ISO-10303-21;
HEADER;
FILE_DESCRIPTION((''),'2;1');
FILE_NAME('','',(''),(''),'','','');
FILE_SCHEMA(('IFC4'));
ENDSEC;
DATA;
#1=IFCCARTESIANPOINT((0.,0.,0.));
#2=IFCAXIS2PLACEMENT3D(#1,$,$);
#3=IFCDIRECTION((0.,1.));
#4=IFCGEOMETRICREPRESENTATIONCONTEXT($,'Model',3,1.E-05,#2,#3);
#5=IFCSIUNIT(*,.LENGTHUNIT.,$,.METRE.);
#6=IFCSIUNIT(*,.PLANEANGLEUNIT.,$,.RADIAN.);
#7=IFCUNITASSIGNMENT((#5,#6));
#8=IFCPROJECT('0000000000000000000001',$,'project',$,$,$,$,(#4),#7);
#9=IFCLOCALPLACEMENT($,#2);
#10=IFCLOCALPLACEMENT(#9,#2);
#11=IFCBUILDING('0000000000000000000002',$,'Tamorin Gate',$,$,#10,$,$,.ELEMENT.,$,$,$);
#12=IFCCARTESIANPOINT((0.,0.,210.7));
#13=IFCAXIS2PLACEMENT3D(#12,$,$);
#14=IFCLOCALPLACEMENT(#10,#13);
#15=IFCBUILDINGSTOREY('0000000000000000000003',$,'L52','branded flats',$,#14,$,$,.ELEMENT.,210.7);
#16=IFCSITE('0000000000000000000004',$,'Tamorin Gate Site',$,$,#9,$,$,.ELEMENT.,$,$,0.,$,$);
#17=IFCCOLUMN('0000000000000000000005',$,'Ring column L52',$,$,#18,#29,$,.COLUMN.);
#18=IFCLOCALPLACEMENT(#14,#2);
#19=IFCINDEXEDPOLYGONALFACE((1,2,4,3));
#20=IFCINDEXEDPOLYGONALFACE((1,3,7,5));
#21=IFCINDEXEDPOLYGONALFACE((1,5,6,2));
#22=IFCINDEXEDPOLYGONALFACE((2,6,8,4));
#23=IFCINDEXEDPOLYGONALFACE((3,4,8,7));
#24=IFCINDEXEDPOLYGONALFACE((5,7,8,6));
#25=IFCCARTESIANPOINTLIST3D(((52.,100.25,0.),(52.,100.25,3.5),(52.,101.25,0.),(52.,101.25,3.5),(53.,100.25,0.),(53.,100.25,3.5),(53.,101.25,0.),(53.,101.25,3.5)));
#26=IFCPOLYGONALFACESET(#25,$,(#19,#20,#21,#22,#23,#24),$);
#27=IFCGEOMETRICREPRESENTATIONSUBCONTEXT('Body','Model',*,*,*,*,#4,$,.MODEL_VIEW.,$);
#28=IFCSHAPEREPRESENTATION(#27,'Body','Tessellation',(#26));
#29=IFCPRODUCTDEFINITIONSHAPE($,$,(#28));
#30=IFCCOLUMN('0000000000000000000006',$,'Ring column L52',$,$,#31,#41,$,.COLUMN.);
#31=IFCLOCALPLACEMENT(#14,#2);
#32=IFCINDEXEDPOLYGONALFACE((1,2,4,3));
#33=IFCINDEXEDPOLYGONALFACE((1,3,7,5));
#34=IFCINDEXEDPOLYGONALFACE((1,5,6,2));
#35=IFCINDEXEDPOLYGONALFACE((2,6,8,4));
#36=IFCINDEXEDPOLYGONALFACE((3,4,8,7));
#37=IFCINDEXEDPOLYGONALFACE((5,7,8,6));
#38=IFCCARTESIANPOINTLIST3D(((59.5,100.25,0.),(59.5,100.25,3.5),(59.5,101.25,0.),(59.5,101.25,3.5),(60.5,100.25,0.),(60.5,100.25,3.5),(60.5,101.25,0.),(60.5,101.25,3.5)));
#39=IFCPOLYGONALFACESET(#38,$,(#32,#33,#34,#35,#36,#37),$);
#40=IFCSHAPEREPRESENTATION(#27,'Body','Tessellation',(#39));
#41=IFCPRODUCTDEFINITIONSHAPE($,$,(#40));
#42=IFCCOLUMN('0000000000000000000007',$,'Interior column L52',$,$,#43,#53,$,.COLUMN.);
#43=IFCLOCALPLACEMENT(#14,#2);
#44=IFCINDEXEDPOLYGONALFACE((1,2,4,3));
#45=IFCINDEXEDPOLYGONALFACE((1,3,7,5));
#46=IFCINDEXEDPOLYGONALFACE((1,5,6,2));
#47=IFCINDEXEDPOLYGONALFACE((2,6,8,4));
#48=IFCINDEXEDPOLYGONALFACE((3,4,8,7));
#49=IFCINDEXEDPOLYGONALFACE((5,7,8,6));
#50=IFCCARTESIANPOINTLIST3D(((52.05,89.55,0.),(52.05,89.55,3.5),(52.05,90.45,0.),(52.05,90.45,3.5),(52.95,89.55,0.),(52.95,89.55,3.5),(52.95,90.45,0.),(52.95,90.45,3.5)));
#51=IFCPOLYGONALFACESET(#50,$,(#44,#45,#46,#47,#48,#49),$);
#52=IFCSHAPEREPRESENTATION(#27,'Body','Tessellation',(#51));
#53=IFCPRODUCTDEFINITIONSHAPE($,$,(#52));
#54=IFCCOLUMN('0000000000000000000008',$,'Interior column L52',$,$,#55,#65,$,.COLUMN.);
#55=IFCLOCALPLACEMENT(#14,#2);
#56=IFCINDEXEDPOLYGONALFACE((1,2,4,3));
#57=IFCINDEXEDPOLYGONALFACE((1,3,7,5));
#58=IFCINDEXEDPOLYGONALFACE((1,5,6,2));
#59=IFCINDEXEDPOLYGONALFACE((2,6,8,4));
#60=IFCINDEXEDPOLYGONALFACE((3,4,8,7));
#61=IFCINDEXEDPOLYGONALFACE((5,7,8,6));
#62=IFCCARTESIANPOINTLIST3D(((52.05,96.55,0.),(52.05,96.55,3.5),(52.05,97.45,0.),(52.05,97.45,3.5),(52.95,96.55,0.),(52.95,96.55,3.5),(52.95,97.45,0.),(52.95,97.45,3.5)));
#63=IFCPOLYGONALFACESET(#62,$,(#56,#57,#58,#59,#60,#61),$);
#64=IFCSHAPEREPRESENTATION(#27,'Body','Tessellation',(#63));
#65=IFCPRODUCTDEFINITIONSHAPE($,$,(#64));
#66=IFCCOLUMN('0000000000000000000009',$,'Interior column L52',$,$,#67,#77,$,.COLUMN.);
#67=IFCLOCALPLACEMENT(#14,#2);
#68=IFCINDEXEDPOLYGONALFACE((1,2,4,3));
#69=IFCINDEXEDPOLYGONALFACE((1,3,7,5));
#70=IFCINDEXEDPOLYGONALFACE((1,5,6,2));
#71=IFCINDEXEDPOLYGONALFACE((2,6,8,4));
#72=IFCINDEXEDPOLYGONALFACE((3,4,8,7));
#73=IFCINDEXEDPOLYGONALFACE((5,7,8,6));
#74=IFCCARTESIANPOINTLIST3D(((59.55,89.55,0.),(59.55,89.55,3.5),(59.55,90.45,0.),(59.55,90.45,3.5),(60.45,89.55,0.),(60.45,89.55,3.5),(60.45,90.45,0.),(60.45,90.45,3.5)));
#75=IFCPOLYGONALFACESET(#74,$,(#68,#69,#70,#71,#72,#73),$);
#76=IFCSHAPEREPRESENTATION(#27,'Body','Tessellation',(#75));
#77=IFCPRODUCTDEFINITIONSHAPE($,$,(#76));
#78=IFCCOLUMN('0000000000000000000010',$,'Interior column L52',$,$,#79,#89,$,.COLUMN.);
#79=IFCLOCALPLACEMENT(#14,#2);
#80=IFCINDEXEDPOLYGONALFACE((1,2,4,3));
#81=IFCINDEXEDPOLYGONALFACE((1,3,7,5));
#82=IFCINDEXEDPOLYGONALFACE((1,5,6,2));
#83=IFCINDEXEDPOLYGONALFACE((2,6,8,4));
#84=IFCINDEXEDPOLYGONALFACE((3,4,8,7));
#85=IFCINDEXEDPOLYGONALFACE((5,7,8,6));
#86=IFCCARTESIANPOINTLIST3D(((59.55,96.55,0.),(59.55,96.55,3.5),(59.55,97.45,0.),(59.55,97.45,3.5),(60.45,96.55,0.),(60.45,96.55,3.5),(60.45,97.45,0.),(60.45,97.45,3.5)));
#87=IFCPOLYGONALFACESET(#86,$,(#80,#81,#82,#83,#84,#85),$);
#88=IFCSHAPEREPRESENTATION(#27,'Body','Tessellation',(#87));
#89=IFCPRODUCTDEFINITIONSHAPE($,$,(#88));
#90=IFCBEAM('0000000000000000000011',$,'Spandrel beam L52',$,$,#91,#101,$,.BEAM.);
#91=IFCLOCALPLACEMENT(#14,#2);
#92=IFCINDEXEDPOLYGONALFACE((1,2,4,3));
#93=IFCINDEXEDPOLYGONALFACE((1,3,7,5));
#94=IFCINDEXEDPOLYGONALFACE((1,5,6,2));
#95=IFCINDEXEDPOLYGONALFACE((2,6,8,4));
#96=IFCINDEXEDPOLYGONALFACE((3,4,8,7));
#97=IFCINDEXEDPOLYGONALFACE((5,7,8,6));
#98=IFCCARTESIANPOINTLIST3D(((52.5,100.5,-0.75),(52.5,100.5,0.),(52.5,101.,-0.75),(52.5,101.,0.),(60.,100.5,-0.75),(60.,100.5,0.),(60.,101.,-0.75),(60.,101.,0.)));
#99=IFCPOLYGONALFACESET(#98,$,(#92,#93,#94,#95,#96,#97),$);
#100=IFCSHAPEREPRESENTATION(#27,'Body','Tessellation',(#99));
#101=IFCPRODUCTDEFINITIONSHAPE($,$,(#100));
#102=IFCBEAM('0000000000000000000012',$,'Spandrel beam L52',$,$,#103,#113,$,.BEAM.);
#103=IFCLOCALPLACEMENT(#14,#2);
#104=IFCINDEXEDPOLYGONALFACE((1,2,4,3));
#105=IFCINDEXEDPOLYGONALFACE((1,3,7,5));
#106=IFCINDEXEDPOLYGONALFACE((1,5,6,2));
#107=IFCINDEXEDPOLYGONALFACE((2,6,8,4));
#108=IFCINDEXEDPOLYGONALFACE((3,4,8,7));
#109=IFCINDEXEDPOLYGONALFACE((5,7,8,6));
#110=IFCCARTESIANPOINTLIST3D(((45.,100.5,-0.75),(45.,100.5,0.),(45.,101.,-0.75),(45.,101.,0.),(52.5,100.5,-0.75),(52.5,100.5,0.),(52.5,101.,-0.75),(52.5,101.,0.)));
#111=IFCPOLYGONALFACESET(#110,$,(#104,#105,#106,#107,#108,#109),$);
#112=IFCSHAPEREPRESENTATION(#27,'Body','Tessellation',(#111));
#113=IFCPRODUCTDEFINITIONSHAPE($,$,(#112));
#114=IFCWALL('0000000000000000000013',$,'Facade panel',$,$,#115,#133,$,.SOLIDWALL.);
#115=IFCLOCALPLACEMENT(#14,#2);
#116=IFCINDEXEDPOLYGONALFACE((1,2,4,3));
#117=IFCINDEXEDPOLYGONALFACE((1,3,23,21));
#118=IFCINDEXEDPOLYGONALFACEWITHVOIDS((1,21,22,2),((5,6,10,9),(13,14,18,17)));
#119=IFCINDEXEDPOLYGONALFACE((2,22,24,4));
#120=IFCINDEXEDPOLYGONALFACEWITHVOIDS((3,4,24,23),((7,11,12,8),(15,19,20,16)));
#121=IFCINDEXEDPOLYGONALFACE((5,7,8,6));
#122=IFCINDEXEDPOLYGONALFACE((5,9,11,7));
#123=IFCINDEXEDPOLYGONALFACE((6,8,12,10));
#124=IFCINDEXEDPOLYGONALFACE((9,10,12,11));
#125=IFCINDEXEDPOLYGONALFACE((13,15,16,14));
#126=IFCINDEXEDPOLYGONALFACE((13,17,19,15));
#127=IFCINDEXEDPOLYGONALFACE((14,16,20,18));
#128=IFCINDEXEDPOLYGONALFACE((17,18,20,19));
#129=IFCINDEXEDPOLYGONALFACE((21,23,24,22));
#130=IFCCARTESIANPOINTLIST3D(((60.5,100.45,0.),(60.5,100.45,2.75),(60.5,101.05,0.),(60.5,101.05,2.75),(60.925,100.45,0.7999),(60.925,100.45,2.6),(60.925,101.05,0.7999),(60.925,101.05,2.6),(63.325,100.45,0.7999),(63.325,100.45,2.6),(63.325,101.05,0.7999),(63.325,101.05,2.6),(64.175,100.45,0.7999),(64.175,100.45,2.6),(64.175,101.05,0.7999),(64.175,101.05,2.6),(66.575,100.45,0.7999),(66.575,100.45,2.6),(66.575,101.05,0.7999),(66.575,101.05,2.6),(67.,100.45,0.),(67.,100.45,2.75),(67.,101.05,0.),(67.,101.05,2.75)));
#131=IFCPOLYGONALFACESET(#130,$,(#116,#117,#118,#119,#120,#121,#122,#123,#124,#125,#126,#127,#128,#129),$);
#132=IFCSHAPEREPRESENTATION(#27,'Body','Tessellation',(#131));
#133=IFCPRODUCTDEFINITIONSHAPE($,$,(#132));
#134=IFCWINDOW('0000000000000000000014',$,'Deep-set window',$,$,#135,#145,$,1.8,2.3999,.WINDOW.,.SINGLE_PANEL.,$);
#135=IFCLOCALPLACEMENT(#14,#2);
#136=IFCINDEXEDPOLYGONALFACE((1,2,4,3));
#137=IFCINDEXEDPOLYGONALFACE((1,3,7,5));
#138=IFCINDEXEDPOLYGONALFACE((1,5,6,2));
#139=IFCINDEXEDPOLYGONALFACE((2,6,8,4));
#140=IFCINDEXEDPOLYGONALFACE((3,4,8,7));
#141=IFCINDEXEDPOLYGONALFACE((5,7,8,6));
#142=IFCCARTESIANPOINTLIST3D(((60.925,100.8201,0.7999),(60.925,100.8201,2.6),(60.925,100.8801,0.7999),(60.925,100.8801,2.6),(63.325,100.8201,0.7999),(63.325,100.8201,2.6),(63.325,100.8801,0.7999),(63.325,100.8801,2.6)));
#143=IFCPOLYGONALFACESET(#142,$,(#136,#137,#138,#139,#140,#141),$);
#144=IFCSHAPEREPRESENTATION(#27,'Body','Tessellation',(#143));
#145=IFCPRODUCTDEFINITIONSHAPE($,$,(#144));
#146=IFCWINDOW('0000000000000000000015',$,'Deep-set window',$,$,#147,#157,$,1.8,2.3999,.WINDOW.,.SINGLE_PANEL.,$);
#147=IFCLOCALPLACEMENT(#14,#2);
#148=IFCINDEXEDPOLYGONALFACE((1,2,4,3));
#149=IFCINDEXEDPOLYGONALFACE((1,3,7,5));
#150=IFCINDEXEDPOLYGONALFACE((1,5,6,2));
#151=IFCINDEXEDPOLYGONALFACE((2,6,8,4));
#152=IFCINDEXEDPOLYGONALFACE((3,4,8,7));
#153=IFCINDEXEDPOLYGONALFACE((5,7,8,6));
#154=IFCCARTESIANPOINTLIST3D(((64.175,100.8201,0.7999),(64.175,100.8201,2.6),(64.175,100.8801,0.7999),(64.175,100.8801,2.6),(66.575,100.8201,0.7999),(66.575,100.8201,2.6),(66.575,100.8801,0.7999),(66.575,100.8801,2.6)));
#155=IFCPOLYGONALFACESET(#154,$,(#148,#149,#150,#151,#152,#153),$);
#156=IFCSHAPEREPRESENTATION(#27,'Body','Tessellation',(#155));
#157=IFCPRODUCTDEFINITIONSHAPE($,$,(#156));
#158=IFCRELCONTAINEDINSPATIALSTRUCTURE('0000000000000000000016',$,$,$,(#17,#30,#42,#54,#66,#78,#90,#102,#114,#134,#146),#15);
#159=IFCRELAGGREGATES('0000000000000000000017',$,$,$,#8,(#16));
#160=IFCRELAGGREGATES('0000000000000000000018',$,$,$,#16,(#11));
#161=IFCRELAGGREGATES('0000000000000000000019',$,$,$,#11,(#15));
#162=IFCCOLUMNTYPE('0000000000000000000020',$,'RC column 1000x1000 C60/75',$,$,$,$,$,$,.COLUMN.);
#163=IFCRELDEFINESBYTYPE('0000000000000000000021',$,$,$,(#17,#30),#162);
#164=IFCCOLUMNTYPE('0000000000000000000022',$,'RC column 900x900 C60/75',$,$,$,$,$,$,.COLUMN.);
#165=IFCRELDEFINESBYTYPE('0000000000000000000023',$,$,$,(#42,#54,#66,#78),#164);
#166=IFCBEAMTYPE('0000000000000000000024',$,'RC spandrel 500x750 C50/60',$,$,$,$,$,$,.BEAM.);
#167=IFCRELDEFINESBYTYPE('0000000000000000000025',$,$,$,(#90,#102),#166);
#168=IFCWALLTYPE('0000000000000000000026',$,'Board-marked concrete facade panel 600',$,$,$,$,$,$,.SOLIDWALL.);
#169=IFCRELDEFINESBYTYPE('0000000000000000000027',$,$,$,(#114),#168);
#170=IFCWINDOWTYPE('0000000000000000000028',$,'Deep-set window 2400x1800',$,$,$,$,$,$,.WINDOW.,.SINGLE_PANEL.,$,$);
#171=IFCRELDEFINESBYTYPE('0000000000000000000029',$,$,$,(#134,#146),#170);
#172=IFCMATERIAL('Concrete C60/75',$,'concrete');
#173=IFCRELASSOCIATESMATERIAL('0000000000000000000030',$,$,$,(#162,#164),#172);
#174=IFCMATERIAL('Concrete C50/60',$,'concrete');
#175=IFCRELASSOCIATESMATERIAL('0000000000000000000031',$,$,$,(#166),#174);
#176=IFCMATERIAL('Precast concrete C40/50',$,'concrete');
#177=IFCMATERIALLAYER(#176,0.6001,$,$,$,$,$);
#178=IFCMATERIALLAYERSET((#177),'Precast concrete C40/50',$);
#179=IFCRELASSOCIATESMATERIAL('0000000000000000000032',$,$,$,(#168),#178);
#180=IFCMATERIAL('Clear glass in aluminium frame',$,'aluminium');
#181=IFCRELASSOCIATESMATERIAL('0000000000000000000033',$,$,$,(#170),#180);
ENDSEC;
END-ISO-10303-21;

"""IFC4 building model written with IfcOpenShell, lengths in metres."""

from ifc_helpers import new_model, si_unit, direction, frame, frame_2d, origin, origin_2d, place, context, subcontext, project, spatial, rectangle, extrude, material, layer, layer_set, material_profile, profile_set, type_object, element, fill, save


model = new_model("IFC4")

# Units and contexts
model_context = context("Model", 3, precision=1e-05, world=origin(), true_north=direction((0.0, 1.0)))
body_context = subcontext(model_context, "Body", "Model", "MODEL_VIEW")
ifc_project = project(units=[si_unit("LENGTHUNIT", "METRE"), si_unit("PLANEANGLEUNIT", "RADIAN")], contexts=[model_context])

# Site, building, storey
site_placement = place(None, origin())
site = spatial("IfcSite", under=ifc_project, at=site_placement, Name="Tamorin Gate Site", CompositionType="ELEMENT", RefElevation=0.0)
building_placement = place(site_placement, origin())
building = spatial("IfcBuilding", under=site, at=building_placement, Name="Tamorin Gate", CompositionType="ELEMENT")
storey_placement = place(building_placement, frame((0.0, 0.0, 210.7)))
storey = spatial("IfcBuildingStorey", under=building, at=storey_placement, Name="L52", Description="branded flats", CompositionType="ELEMENT", Elevation=210.7)

# Columns
ifc_material_1 = material(Name="Concrete C60/75", Category="concrete")
ifc_material_profile_1 = material_profile(ifc_material_1, rectangle(XDim=1.0, YDim=1.0, at=origin_2d()), Name="RC 1000x1000")
ifc_profile_set_1 = profile_set([ifc_material_profile_1], Name="Concrete C60/75")
column_type_1 = type_object("IfcColumnType", Name="RC column 1000x1000 C60/75", PredefinedType="COLUMN", material=ifc_profile_set_1)
for number, where, z_axis, x_axis, name in (
    (1, (52.5, 100.75, 0.0), (0.0, 0.0, 1.0), (1.0, 0.0, 0.0), "Ring column L52"),
    (2, (60.0, 100.75, 0.0), (0.0, 0.0, 1.0), (1.0, 0.0, 0.0), "Ring column L52"),
):
    element("IfcColumn", number, at=place(storey_placement, frame(where, z_axis=z_axis, x_axis=x_axis)), inside=storey, type_object=column_type_1, Name=name, PredefinedType="COLUMN", context=body_context, shape_type="SweptSolid", body=[
        extrude(rectangle(XDim=1.0, YDim=1.0, at=origin_2d()), origin(), (0.0, 0.0, 1.0), 3.5),
    ])
ifc_material_profile_2 = material_profile(ifc_material_1, rectangle(XDim=0.8999, YDim=0.8999, at=origin_2d()), Name="RC 900x900")
ifc_profile_set_2 = profile_set([ifc_material_profile_2], Name="Concrete C60/75")
column_type_2 = type_object("IfcColumnType", Name="RC column 900x900 C60/75", PredefinedType="COLUMN", material=ifc_profile_set_2)
for number, where, z_axis, x_axis, name in (
    (3, (52.5, 90.0, 0.0), (0.0, 0.0, 1.0), (1.0, 0.0, 0.0), "Interior column L52"),
    (4, (52.5, 97.0, 0.0), (0.0, 0.0, 1.0), (1.0, 0.0, 0.0), "Interior column L52"),
    (5, (60.0, 90.0, 0.0), (0.0, 0.0, 1.0), (1.0, 0.0, 0.0), "Interior column L52"),
    (6, (60.0, 97.0, 0.0), (0.0, 0.0, 1.0), (1.0, 0.0, 0.0), "Interior column L52"),
):
    element("IfcColumn", number, at=place(storey_placement, frame(where, z_axis=z_axis, x_axis=x_axis)), inside=storey, type_object=column_type_2, Name=name, PredefinedType="COLUMN", context=body_context, shape_type="SweptSolid", body=[
        extrude(rectangle(XDim=0.8999, YDim=0.8999, at=origin_2d()), origin(), (0.0, 0.0, 1.0), 3.5),
    ])

# Beams
ifc_material_2 = material(Name="Concrete C50/60", Category="concrete")
ifc_material_profile_3 = material_profile(ifc_material_2, rectangle(XDim=0.5, YDim=0.75, at=origin_2d()), Name="RC 500x750")
ifc_profile_set_3 = profile_set([ifc_material_profile_3], Name="Concrete C50/60")
beam_type = type_object("IfcBeamType", Name="RC spandrel 500x750 C50/60", PredefinedType="BEAM", material=ifc_profile_set_3)
for number, where, z_axis, x_axis, name in (
    (7, (60.0, 100.75, -0.375), (-1.0, 0.0, 0.0), (0.0, -1.0, 0.0), "Spandrel beam L52"),
    (8, (52.5, 100.75, -0.375), (-1.0, 0.0, 0.0), (0.0, -1.0, 0.0), "Spandrel beam L52"),
):
    element("IfcBeam", number, at=place(storey_placement, frame(where, z_axis=z_axis, x_axis=x_axis)), inside=storey, type_object=beam_type, Name=name, PredefinedType="BEAM", context=body_context, shape_type="SweptSolid", body=[
        extrude(rectangle(XDim=0.5, YDim=0.75, at=origin_2d()), origin(), (0.0, 0.0, 1.0), 7.5),
    ])

# Wall, openings, windows
ifc_material_3 = material(Name="Precast concrete C40/50", Category="concrete")
ifc_layer_1 = layer(ifc_material_3, 0.6001)
ifc_layer_set_1 = layer_set([ifc_layer_1], Name="Precast concrete C40/50")
wall_type_1 = type_object("IfcWallType", Name="Board-marked concrete facade panel 600", PredefinedType="SOLIDWALL", material=ifc_layer_set_1)
wall_1_placement = place(storey_placement, frame((67.0, 100.75, 0.0), z_axis=(0.0, 0.0, 1.0), x_axis=(-1.0, 0.0, 0.0)))
wall_1 = element("IfcWall", 9, at=wall_1_placement, inside=storey, type_object=wall_type_1, Name="Facade panel", PredefinedType="SOLIDWALL", context=body_context, shape_type="SweptSolid", body=[
    extrude(rectangle(XDim=6.5, YDim=0.6001, at=frame_2d((3.25, 0.0))), origin(), (0.0, 0.0, 1.0), 2.75),
])
opening_1_placement = place(wall_1_placement, frame((3.675, 0.0, 0.8)))
opening_1 = element("IfcOpeningElement", 10, at=opening_1_placement, cuts=wall_1, PredefinedType="OPENING", context=body_context, shape_type="SweptSolid", body=[
    extrude(rectangle(XDim=2.3999, YDim=1.8, at=frame_2d((1.2, 0.8999))), frame((0.0, 0.3101, 0.0), z_axis=(0.0, -1.0, 0.0), x_axis=(1.0, 0.0, 0.0)), (0.0, 0.0, 1.0), 0.6201),
])
opening_2_placement = place(wall_1_placement, frame((0.425, 0.0, 0.8)))
opening_2 = element("IfcOpeningElement", 11, at=opening_2_placement, cuts=wall_1, PredefinedType="OPENING", context=body_context, shape_type="SweptSolid", body=[
    extrude(rectangle(XDim=2.3999, YDim=1.8, at=frame_2d((1.2, 0.8999))), frame((0.0, 0.3101, 0.0), z_axis=(0.0, -1.0, 0.0), x_axis=(1.0, 0.0, 0.0)), (0.0, 0.0, 1.0), 0.6201),
])
ifc_material_4 = material(Name="Clear glass in aluminium frame", Category="aluminium")
window_type = type_object("IfcWindowType", Name="Deep-set window 2400x1800", PartitioningType="SINGLE_PANEL", PredefinedType="WINDOW", material=ifc_material_4)
window_1_placement = place(opening_1_placement, origin())
window_1 = element("IfcWindow", 12, at=window_1_placement, inside=storey, type_object=window_type, Name="Deep-set window", OverallHeight=1.8, OverallWidth=2.3999, PartitioningType="SINGLE_PANEL", PredefinedType="WINDOW", context=body_context, shape_type="SweptSolid", body=[
    extrude(rectangle(XDim=2.3999, YDim=1.8, at=frame_2d((1.2, 0.8999))), frame((0.0, -0.0701, 0.0), z_axis=(0.0, -1.0, 0.0), x_axis=(1.0, 0.0, 0.0)), (0.0, 0.0, 1.0), 0.0601),
])
fill(opening_1, window_1)
window_2_placement = place(opening_2_placement, origin())
window_2 = element("IfcWindow", 13, at=window_2_placement, inside=storey, type_object=window_type, Name="Deep-set window", OverallHeight=1.8, OverallWidth=2.3999, PartitioningType="SINGLE_PANEL", PredefinedType="WINDOW", context=body_context, shape_type="SweptSolid", body=[
    extrude(rectangle(XDim=2.3999, YDim=1.8, at=frame_2d((1.2, 0.8999))), frame((0.0, -0.0701, 0.0), z_axis=(0.0, -1.0, 0.0), x_axis=(1.0, 0.0, 0.0)), (0.0, 0.0, 1.0), 0.0601),
])
fill(opening_2, window_2)

save(model, "model.ifc")
